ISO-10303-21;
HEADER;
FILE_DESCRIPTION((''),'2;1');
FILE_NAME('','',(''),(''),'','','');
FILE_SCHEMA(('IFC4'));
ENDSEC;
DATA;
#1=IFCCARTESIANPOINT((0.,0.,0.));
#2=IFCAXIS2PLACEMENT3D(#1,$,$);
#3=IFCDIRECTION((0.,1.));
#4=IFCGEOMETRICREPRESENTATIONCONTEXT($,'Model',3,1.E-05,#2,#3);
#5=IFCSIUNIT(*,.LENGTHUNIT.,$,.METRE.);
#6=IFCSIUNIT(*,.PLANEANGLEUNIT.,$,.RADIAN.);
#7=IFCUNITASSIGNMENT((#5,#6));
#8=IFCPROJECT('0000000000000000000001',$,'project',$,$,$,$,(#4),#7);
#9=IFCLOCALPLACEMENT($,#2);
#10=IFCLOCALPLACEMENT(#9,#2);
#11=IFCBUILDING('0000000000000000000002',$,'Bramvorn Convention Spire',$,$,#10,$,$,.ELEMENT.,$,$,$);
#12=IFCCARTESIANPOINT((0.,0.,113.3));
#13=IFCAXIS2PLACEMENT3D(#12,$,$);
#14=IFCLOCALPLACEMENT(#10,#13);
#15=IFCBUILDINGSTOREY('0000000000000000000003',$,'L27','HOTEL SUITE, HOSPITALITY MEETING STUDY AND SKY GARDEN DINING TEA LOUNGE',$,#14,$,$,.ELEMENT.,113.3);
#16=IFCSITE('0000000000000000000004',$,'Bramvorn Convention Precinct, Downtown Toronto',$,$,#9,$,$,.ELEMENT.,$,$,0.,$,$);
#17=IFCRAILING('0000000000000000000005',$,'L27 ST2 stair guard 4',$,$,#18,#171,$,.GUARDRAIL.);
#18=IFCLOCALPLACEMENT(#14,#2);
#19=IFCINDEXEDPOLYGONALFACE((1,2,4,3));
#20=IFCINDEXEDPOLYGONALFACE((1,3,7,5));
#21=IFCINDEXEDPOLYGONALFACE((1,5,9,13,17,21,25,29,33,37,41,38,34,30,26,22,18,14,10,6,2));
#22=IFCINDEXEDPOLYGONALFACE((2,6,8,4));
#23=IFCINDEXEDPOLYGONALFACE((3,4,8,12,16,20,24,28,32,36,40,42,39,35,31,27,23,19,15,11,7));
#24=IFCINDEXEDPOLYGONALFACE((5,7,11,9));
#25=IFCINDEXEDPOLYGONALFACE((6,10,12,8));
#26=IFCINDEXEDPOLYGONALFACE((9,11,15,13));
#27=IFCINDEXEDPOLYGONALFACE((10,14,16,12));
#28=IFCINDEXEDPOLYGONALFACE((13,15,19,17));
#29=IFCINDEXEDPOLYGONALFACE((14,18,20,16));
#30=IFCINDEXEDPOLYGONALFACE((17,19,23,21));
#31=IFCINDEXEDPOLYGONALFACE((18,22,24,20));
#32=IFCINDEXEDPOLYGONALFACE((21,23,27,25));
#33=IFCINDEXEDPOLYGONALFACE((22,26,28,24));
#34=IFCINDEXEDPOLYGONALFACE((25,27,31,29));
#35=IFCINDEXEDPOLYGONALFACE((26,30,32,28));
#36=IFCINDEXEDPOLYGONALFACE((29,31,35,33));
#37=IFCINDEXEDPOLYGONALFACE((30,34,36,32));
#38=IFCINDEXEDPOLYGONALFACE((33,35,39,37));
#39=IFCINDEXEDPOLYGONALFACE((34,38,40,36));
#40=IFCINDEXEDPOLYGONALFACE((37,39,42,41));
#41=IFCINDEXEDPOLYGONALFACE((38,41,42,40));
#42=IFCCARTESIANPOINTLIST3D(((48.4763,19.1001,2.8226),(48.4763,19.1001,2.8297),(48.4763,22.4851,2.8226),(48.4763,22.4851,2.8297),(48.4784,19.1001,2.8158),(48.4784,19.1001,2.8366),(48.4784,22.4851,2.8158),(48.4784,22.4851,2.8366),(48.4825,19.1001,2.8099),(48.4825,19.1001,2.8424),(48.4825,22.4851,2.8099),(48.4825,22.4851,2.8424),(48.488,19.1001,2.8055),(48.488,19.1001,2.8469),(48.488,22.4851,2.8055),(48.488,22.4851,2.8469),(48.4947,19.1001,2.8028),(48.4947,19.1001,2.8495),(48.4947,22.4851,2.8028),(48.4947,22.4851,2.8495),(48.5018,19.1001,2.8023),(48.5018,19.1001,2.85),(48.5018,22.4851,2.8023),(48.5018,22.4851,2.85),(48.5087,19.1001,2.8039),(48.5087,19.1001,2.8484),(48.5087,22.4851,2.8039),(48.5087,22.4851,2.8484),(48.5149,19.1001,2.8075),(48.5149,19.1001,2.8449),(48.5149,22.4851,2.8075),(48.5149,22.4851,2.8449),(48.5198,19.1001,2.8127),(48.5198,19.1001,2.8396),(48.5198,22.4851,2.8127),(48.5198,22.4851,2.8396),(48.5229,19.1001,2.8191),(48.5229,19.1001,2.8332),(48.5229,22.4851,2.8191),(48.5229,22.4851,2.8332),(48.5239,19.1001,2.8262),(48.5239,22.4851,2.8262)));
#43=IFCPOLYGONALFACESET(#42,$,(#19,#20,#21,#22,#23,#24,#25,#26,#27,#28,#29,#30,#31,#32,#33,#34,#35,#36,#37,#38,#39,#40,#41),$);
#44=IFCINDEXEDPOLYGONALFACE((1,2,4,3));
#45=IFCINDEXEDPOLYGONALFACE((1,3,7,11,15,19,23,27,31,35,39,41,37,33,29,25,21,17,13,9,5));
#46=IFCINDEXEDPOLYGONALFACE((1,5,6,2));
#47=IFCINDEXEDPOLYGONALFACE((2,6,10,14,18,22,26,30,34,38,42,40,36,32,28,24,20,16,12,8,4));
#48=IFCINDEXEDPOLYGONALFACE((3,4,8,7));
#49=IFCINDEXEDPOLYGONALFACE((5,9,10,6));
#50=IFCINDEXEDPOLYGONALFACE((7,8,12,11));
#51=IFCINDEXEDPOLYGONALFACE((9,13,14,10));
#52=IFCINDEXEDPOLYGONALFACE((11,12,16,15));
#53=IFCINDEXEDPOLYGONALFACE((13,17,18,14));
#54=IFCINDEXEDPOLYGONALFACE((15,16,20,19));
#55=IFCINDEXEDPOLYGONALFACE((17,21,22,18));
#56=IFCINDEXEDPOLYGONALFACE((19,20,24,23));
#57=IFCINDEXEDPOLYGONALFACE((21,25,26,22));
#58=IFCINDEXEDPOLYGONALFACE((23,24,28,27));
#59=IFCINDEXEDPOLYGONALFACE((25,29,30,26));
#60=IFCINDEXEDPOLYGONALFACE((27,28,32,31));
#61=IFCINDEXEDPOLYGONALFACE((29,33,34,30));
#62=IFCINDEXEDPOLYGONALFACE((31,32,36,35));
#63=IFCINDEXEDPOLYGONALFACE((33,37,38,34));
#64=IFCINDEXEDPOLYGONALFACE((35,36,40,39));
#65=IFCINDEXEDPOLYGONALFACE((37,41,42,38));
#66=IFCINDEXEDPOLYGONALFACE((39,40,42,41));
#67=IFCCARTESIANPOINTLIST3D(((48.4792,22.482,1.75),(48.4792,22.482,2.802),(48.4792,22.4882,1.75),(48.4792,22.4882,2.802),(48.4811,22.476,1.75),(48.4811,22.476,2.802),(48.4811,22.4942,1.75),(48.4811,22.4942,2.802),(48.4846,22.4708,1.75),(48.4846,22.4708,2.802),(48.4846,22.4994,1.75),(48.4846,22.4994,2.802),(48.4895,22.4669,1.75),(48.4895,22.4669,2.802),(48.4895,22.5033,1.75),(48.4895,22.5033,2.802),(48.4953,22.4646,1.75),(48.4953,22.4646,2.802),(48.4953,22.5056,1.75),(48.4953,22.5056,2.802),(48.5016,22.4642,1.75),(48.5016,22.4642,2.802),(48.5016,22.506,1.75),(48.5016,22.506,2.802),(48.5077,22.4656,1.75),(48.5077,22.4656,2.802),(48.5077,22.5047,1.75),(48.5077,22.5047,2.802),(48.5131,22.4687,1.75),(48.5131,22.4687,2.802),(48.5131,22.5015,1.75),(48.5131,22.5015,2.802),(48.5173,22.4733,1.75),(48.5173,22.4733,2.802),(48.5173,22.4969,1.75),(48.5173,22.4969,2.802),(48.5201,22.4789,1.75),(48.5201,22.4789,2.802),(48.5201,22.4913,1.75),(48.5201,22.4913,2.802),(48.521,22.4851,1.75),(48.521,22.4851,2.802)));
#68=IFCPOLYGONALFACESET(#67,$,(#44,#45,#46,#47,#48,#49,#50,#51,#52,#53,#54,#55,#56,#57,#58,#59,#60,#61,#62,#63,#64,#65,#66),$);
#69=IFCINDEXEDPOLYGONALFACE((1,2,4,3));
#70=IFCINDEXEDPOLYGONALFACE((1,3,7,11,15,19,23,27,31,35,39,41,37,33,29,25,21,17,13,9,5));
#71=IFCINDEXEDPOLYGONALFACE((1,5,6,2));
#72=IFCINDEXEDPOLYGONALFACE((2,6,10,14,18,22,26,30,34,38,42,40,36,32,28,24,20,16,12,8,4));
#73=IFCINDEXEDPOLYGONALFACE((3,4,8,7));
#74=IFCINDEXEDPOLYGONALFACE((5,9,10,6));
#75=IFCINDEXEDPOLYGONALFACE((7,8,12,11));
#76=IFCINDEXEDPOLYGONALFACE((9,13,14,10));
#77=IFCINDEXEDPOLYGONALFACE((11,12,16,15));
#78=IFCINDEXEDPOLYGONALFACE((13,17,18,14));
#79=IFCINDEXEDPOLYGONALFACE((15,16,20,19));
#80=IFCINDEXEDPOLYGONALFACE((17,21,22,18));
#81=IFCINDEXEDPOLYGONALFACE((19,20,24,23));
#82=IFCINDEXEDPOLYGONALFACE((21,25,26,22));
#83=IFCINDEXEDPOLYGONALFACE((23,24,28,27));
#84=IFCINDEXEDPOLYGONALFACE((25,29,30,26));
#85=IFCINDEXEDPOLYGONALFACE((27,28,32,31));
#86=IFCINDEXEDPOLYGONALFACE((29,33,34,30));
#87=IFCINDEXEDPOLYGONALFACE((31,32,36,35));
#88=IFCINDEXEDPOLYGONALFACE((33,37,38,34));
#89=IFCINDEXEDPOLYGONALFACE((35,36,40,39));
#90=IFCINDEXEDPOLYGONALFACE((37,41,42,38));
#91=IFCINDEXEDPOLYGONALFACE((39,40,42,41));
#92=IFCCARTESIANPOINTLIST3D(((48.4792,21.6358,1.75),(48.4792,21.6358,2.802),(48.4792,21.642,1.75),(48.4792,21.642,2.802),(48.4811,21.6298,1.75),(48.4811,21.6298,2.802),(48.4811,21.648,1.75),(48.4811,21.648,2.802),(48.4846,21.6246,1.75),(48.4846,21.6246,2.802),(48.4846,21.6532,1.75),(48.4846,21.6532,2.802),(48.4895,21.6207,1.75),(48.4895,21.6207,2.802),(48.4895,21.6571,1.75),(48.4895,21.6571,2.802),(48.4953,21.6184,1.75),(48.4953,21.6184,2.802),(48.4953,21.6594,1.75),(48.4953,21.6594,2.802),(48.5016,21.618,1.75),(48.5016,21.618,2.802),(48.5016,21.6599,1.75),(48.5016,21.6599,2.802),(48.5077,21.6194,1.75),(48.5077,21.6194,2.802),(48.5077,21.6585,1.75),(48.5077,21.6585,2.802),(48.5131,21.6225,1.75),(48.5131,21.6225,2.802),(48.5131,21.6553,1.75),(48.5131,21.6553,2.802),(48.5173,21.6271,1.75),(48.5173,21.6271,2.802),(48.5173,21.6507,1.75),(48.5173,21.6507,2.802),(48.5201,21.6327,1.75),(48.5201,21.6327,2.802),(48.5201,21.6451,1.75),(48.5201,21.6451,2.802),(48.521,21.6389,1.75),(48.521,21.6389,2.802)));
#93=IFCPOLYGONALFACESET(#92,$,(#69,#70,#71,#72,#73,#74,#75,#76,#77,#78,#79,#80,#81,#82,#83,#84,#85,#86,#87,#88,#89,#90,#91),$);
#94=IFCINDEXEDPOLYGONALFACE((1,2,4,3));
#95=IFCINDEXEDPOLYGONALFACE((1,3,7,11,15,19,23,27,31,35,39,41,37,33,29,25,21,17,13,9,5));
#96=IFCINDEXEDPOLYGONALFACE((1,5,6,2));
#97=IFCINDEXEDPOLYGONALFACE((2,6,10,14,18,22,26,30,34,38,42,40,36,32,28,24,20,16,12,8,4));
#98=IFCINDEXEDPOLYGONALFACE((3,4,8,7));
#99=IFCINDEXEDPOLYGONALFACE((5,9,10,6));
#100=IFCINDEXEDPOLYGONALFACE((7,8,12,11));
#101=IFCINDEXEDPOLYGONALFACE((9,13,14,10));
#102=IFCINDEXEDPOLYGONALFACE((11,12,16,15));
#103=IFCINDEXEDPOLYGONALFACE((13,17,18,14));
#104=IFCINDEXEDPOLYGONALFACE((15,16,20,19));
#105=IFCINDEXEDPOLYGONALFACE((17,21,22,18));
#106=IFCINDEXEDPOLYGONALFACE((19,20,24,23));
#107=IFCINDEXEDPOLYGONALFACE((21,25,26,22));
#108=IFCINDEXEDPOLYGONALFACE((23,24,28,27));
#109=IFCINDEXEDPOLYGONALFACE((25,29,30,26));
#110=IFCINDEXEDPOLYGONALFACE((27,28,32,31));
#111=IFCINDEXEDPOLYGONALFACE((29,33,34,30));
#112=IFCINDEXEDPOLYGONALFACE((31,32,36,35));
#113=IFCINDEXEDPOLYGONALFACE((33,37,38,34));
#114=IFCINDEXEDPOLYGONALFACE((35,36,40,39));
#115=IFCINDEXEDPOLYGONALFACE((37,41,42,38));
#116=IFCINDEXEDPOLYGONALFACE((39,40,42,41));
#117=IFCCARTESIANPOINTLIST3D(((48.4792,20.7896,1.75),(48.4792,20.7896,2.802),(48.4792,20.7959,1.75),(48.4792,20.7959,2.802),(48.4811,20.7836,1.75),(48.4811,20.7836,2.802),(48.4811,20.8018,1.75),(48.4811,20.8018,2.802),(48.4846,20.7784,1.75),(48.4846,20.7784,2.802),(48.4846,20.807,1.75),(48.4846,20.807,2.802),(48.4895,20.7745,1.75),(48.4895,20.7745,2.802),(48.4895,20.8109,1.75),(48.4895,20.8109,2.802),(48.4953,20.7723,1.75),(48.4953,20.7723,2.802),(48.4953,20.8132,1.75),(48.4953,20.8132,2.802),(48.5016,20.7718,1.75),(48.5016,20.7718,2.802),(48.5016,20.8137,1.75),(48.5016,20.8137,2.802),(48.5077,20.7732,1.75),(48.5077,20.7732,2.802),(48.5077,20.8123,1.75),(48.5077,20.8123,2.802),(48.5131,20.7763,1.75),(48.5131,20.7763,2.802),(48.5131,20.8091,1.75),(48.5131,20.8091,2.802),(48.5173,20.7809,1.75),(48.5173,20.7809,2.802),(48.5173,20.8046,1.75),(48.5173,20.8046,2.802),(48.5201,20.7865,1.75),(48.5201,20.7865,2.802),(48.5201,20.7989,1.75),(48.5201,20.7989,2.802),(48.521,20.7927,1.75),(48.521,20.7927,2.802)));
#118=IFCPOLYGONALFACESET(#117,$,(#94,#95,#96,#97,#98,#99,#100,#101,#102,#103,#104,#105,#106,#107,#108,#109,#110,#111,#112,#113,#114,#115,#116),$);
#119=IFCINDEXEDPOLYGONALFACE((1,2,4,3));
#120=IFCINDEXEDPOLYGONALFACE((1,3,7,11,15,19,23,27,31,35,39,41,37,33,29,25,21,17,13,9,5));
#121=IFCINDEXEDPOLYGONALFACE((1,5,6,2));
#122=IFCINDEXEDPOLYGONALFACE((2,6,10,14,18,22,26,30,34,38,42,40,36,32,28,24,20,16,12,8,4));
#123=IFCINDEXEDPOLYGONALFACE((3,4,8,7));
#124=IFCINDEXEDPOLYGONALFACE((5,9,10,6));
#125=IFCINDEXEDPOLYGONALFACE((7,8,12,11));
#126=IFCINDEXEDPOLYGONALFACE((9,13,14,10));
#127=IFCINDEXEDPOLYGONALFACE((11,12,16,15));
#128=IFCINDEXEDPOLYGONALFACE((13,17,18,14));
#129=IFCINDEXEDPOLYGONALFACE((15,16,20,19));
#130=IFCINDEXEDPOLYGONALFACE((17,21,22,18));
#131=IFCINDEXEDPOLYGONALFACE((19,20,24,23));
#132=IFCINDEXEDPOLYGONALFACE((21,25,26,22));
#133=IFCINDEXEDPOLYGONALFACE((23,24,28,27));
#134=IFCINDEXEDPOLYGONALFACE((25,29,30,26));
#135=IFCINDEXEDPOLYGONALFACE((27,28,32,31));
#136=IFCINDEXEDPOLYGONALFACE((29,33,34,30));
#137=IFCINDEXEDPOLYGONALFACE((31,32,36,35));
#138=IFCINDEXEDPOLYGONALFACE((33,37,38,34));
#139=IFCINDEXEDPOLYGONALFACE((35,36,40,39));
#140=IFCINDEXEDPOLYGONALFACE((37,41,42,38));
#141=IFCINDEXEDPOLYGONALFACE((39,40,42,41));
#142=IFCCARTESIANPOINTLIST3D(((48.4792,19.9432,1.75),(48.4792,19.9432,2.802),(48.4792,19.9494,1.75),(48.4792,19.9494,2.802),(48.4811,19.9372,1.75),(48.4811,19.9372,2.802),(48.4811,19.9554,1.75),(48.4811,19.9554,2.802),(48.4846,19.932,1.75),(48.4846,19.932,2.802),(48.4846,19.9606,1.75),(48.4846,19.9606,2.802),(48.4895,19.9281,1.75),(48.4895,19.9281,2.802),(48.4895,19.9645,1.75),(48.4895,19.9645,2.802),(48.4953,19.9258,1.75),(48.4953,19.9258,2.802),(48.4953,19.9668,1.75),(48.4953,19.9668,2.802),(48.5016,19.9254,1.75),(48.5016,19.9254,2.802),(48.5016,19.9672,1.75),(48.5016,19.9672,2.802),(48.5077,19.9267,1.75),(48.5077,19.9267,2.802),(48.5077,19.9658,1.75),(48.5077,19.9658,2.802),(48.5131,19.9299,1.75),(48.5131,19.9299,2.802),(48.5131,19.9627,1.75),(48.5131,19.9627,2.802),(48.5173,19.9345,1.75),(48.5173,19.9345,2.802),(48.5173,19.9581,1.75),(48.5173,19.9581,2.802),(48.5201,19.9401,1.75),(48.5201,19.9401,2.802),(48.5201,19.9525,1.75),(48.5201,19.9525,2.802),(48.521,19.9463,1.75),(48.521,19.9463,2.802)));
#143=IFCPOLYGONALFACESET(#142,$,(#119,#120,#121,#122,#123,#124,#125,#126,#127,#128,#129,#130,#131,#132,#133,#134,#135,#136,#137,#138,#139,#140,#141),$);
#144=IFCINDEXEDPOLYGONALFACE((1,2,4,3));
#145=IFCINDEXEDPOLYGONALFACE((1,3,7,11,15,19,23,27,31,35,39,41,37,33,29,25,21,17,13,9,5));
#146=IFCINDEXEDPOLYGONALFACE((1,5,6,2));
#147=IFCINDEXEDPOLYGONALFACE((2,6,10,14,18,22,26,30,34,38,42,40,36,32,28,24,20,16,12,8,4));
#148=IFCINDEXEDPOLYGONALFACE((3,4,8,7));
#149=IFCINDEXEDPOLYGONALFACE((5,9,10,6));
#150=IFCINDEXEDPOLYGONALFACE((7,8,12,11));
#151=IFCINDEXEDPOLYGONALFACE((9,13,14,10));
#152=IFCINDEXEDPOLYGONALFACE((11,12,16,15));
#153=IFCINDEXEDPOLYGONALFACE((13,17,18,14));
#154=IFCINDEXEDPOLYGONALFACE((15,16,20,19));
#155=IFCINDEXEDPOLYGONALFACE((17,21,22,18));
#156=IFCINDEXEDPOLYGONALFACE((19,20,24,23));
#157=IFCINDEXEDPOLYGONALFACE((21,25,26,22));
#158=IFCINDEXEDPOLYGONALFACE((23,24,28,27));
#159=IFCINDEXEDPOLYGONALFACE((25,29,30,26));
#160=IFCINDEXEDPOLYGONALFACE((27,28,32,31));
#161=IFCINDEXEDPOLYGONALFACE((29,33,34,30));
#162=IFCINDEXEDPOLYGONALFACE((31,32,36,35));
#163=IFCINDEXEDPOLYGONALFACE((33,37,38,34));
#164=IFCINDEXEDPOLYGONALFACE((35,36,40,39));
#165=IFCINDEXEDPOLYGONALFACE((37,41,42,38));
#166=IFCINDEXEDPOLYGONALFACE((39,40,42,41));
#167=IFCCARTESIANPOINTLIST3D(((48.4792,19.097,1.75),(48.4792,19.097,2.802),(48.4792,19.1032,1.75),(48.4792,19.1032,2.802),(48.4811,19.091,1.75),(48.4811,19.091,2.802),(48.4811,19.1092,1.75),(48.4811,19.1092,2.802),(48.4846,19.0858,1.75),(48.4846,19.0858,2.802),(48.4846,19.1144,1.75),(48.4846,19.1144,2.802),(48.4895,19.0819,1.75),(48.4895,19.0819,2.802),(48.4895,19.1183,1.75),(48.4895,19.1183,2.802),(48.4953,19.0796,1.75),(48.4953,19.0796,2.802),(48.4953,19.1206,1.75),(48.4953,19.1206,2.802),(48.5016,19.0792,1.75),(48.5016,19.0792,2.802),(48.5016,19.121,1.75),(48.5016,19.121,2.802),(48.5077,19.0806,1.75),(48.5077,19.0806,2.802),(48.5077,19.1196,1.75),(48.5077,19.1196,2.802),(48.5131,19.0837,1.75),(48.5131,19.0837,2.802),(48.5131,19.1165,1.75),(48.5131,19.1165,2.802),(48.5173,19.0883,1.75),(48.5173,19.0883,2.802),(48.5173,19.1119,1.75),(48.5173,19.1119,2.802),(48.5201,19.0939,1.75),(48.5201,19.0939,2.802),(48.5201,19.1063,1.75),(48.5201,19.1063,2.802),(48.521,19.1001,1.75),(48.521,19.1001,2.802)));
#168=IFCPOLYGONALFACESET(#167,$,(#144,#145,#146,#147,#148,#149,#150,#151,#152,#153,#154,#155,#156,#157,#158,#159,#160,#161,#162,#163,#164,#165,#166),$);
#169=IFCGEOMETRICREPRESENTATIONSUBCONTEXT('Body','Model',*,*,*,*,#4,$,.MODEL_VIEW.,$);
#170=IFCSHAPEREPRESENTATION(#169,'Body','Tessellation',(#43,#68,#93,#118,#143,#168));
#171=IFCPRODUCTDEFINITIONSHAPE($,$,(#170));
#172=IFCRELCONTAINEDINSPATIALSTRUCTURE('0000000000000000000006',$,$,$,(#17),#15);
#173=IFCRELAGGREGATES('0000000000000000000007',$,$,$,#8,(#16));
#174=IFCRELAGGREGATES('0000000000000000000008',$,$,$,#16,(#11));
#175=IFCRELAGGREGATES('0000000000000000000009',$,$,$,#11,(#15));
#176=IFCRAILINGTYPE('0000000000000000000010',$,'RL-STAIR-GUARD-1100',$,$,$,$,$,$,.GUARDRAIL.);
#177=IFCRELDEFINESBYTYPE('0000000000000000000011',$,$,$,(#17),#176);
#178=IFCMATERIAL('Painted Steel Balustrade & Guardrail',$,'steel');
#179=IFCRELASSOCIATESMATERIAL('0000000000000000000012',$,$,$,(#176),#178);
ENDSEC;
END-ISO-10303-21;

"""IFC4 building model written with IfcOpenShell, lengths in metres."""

from ifc_helpers import new_model, si_unit, direction, frame, origin, origin_2d, place, context, subcontext, project, spatial, circle, extrude, material, type_object, element, save


model = new_model("IFC4")

# Units and contexts
model_context = context("Model", 3, precision=1e-05, world=origin(), true_north=direction((0.0, 1.0)))
body_context = subcontext(model_context, "Body", "Model", "MODEL_VIEW")
ifc_project = project(units=[si_unit("LENGTHUNIT", "METRE"), si_unit("PLANEANGLEUNIT", "RADIAN")], contexts=[model_context])

# Site, building, storey
site_placement = place(None, origin())
site = spatial("IfcSite", under=ifc_project, at=site_placement, Name="Bramvorn Convention Precinct, Downtown Toronto", CompositionType="ELEMENT", RefElevation=0.0)
building_placement = place(site_placement, origin())
building = spatial("IfcBuilding", under=site, at=building_placement, Name="Bramvorn Convention Spire", CompositionType="ELEMENT")
storey_placement = place(building_placement, frame((0.0, 0.0, 113.3)))
storey = spatial("IfcBuildingStorey", under=building, at=storey_placement, Name="L27", Description="HOTEL SUITE, HOSPITALITY MEETING STUDY AND SKY GARDEN DINING TEA LOUNGE", CompositionType="ELEMENT", Elevation=113.3)

# Railing
ifc_material_1 = material(Name="Painted Steel Balustrade & Guardrail", Category="steel")
railing_type_1 = type_object("IfcRailingType", Name="RL-STAIR-GUARD-1100", PredefinedType="GUARDRAIL", material=ifc_material_1)
railing_1_placement = place(storey_placement, frame((48.5, 22.4851, 1.75)))
element("IfcRailing", 1, at=railing_1_placement, inside=storey, type_object=railing_type_1, Name="L27 ST2 stair guard 4", PredefinedType="GUARDRAIL", context=body_context, shape_type="SweptSolid", body=[
    extrude(circle(Radius=0.0239, at=origin_2d()), frame((0.0, 0.0, 1.0762), z_axis=(0.0, -1.0, 0.0), x_axis=(1.0, 0.0, 0.0)), (0.0, 0.0, 1.0), 3.385),
    extrude(circle(Radius=0.021, at=origin_2d()), origin(), (0.0, 0.0, 1.0), 1.052),
    extrude(circle(Radius=0.021, at=origin_2d()), frame((0.0, -0.8462, 0.0)), (0.0, 0.0, 1.0), 1.052),
    extrude(circle(Radius=0.021, at=origin_2d()), frame((0.0, -1.6924, 0.0)), (0.0, 0.0, 1.0), 1.052),
    extrude(circle(Radius=0.021, at=origin_2d()), frame((0.0, -2.5388, 0.0)), (0.0, 0.0, 1.0), 1.052),
    extrude(circle(Radius=0.021, at=origin_2d()), frame((0.0, -3.385, 0.0)), (0.0, 0.0, 1.0), 1.052),
])

save(model, "model.ifc")
